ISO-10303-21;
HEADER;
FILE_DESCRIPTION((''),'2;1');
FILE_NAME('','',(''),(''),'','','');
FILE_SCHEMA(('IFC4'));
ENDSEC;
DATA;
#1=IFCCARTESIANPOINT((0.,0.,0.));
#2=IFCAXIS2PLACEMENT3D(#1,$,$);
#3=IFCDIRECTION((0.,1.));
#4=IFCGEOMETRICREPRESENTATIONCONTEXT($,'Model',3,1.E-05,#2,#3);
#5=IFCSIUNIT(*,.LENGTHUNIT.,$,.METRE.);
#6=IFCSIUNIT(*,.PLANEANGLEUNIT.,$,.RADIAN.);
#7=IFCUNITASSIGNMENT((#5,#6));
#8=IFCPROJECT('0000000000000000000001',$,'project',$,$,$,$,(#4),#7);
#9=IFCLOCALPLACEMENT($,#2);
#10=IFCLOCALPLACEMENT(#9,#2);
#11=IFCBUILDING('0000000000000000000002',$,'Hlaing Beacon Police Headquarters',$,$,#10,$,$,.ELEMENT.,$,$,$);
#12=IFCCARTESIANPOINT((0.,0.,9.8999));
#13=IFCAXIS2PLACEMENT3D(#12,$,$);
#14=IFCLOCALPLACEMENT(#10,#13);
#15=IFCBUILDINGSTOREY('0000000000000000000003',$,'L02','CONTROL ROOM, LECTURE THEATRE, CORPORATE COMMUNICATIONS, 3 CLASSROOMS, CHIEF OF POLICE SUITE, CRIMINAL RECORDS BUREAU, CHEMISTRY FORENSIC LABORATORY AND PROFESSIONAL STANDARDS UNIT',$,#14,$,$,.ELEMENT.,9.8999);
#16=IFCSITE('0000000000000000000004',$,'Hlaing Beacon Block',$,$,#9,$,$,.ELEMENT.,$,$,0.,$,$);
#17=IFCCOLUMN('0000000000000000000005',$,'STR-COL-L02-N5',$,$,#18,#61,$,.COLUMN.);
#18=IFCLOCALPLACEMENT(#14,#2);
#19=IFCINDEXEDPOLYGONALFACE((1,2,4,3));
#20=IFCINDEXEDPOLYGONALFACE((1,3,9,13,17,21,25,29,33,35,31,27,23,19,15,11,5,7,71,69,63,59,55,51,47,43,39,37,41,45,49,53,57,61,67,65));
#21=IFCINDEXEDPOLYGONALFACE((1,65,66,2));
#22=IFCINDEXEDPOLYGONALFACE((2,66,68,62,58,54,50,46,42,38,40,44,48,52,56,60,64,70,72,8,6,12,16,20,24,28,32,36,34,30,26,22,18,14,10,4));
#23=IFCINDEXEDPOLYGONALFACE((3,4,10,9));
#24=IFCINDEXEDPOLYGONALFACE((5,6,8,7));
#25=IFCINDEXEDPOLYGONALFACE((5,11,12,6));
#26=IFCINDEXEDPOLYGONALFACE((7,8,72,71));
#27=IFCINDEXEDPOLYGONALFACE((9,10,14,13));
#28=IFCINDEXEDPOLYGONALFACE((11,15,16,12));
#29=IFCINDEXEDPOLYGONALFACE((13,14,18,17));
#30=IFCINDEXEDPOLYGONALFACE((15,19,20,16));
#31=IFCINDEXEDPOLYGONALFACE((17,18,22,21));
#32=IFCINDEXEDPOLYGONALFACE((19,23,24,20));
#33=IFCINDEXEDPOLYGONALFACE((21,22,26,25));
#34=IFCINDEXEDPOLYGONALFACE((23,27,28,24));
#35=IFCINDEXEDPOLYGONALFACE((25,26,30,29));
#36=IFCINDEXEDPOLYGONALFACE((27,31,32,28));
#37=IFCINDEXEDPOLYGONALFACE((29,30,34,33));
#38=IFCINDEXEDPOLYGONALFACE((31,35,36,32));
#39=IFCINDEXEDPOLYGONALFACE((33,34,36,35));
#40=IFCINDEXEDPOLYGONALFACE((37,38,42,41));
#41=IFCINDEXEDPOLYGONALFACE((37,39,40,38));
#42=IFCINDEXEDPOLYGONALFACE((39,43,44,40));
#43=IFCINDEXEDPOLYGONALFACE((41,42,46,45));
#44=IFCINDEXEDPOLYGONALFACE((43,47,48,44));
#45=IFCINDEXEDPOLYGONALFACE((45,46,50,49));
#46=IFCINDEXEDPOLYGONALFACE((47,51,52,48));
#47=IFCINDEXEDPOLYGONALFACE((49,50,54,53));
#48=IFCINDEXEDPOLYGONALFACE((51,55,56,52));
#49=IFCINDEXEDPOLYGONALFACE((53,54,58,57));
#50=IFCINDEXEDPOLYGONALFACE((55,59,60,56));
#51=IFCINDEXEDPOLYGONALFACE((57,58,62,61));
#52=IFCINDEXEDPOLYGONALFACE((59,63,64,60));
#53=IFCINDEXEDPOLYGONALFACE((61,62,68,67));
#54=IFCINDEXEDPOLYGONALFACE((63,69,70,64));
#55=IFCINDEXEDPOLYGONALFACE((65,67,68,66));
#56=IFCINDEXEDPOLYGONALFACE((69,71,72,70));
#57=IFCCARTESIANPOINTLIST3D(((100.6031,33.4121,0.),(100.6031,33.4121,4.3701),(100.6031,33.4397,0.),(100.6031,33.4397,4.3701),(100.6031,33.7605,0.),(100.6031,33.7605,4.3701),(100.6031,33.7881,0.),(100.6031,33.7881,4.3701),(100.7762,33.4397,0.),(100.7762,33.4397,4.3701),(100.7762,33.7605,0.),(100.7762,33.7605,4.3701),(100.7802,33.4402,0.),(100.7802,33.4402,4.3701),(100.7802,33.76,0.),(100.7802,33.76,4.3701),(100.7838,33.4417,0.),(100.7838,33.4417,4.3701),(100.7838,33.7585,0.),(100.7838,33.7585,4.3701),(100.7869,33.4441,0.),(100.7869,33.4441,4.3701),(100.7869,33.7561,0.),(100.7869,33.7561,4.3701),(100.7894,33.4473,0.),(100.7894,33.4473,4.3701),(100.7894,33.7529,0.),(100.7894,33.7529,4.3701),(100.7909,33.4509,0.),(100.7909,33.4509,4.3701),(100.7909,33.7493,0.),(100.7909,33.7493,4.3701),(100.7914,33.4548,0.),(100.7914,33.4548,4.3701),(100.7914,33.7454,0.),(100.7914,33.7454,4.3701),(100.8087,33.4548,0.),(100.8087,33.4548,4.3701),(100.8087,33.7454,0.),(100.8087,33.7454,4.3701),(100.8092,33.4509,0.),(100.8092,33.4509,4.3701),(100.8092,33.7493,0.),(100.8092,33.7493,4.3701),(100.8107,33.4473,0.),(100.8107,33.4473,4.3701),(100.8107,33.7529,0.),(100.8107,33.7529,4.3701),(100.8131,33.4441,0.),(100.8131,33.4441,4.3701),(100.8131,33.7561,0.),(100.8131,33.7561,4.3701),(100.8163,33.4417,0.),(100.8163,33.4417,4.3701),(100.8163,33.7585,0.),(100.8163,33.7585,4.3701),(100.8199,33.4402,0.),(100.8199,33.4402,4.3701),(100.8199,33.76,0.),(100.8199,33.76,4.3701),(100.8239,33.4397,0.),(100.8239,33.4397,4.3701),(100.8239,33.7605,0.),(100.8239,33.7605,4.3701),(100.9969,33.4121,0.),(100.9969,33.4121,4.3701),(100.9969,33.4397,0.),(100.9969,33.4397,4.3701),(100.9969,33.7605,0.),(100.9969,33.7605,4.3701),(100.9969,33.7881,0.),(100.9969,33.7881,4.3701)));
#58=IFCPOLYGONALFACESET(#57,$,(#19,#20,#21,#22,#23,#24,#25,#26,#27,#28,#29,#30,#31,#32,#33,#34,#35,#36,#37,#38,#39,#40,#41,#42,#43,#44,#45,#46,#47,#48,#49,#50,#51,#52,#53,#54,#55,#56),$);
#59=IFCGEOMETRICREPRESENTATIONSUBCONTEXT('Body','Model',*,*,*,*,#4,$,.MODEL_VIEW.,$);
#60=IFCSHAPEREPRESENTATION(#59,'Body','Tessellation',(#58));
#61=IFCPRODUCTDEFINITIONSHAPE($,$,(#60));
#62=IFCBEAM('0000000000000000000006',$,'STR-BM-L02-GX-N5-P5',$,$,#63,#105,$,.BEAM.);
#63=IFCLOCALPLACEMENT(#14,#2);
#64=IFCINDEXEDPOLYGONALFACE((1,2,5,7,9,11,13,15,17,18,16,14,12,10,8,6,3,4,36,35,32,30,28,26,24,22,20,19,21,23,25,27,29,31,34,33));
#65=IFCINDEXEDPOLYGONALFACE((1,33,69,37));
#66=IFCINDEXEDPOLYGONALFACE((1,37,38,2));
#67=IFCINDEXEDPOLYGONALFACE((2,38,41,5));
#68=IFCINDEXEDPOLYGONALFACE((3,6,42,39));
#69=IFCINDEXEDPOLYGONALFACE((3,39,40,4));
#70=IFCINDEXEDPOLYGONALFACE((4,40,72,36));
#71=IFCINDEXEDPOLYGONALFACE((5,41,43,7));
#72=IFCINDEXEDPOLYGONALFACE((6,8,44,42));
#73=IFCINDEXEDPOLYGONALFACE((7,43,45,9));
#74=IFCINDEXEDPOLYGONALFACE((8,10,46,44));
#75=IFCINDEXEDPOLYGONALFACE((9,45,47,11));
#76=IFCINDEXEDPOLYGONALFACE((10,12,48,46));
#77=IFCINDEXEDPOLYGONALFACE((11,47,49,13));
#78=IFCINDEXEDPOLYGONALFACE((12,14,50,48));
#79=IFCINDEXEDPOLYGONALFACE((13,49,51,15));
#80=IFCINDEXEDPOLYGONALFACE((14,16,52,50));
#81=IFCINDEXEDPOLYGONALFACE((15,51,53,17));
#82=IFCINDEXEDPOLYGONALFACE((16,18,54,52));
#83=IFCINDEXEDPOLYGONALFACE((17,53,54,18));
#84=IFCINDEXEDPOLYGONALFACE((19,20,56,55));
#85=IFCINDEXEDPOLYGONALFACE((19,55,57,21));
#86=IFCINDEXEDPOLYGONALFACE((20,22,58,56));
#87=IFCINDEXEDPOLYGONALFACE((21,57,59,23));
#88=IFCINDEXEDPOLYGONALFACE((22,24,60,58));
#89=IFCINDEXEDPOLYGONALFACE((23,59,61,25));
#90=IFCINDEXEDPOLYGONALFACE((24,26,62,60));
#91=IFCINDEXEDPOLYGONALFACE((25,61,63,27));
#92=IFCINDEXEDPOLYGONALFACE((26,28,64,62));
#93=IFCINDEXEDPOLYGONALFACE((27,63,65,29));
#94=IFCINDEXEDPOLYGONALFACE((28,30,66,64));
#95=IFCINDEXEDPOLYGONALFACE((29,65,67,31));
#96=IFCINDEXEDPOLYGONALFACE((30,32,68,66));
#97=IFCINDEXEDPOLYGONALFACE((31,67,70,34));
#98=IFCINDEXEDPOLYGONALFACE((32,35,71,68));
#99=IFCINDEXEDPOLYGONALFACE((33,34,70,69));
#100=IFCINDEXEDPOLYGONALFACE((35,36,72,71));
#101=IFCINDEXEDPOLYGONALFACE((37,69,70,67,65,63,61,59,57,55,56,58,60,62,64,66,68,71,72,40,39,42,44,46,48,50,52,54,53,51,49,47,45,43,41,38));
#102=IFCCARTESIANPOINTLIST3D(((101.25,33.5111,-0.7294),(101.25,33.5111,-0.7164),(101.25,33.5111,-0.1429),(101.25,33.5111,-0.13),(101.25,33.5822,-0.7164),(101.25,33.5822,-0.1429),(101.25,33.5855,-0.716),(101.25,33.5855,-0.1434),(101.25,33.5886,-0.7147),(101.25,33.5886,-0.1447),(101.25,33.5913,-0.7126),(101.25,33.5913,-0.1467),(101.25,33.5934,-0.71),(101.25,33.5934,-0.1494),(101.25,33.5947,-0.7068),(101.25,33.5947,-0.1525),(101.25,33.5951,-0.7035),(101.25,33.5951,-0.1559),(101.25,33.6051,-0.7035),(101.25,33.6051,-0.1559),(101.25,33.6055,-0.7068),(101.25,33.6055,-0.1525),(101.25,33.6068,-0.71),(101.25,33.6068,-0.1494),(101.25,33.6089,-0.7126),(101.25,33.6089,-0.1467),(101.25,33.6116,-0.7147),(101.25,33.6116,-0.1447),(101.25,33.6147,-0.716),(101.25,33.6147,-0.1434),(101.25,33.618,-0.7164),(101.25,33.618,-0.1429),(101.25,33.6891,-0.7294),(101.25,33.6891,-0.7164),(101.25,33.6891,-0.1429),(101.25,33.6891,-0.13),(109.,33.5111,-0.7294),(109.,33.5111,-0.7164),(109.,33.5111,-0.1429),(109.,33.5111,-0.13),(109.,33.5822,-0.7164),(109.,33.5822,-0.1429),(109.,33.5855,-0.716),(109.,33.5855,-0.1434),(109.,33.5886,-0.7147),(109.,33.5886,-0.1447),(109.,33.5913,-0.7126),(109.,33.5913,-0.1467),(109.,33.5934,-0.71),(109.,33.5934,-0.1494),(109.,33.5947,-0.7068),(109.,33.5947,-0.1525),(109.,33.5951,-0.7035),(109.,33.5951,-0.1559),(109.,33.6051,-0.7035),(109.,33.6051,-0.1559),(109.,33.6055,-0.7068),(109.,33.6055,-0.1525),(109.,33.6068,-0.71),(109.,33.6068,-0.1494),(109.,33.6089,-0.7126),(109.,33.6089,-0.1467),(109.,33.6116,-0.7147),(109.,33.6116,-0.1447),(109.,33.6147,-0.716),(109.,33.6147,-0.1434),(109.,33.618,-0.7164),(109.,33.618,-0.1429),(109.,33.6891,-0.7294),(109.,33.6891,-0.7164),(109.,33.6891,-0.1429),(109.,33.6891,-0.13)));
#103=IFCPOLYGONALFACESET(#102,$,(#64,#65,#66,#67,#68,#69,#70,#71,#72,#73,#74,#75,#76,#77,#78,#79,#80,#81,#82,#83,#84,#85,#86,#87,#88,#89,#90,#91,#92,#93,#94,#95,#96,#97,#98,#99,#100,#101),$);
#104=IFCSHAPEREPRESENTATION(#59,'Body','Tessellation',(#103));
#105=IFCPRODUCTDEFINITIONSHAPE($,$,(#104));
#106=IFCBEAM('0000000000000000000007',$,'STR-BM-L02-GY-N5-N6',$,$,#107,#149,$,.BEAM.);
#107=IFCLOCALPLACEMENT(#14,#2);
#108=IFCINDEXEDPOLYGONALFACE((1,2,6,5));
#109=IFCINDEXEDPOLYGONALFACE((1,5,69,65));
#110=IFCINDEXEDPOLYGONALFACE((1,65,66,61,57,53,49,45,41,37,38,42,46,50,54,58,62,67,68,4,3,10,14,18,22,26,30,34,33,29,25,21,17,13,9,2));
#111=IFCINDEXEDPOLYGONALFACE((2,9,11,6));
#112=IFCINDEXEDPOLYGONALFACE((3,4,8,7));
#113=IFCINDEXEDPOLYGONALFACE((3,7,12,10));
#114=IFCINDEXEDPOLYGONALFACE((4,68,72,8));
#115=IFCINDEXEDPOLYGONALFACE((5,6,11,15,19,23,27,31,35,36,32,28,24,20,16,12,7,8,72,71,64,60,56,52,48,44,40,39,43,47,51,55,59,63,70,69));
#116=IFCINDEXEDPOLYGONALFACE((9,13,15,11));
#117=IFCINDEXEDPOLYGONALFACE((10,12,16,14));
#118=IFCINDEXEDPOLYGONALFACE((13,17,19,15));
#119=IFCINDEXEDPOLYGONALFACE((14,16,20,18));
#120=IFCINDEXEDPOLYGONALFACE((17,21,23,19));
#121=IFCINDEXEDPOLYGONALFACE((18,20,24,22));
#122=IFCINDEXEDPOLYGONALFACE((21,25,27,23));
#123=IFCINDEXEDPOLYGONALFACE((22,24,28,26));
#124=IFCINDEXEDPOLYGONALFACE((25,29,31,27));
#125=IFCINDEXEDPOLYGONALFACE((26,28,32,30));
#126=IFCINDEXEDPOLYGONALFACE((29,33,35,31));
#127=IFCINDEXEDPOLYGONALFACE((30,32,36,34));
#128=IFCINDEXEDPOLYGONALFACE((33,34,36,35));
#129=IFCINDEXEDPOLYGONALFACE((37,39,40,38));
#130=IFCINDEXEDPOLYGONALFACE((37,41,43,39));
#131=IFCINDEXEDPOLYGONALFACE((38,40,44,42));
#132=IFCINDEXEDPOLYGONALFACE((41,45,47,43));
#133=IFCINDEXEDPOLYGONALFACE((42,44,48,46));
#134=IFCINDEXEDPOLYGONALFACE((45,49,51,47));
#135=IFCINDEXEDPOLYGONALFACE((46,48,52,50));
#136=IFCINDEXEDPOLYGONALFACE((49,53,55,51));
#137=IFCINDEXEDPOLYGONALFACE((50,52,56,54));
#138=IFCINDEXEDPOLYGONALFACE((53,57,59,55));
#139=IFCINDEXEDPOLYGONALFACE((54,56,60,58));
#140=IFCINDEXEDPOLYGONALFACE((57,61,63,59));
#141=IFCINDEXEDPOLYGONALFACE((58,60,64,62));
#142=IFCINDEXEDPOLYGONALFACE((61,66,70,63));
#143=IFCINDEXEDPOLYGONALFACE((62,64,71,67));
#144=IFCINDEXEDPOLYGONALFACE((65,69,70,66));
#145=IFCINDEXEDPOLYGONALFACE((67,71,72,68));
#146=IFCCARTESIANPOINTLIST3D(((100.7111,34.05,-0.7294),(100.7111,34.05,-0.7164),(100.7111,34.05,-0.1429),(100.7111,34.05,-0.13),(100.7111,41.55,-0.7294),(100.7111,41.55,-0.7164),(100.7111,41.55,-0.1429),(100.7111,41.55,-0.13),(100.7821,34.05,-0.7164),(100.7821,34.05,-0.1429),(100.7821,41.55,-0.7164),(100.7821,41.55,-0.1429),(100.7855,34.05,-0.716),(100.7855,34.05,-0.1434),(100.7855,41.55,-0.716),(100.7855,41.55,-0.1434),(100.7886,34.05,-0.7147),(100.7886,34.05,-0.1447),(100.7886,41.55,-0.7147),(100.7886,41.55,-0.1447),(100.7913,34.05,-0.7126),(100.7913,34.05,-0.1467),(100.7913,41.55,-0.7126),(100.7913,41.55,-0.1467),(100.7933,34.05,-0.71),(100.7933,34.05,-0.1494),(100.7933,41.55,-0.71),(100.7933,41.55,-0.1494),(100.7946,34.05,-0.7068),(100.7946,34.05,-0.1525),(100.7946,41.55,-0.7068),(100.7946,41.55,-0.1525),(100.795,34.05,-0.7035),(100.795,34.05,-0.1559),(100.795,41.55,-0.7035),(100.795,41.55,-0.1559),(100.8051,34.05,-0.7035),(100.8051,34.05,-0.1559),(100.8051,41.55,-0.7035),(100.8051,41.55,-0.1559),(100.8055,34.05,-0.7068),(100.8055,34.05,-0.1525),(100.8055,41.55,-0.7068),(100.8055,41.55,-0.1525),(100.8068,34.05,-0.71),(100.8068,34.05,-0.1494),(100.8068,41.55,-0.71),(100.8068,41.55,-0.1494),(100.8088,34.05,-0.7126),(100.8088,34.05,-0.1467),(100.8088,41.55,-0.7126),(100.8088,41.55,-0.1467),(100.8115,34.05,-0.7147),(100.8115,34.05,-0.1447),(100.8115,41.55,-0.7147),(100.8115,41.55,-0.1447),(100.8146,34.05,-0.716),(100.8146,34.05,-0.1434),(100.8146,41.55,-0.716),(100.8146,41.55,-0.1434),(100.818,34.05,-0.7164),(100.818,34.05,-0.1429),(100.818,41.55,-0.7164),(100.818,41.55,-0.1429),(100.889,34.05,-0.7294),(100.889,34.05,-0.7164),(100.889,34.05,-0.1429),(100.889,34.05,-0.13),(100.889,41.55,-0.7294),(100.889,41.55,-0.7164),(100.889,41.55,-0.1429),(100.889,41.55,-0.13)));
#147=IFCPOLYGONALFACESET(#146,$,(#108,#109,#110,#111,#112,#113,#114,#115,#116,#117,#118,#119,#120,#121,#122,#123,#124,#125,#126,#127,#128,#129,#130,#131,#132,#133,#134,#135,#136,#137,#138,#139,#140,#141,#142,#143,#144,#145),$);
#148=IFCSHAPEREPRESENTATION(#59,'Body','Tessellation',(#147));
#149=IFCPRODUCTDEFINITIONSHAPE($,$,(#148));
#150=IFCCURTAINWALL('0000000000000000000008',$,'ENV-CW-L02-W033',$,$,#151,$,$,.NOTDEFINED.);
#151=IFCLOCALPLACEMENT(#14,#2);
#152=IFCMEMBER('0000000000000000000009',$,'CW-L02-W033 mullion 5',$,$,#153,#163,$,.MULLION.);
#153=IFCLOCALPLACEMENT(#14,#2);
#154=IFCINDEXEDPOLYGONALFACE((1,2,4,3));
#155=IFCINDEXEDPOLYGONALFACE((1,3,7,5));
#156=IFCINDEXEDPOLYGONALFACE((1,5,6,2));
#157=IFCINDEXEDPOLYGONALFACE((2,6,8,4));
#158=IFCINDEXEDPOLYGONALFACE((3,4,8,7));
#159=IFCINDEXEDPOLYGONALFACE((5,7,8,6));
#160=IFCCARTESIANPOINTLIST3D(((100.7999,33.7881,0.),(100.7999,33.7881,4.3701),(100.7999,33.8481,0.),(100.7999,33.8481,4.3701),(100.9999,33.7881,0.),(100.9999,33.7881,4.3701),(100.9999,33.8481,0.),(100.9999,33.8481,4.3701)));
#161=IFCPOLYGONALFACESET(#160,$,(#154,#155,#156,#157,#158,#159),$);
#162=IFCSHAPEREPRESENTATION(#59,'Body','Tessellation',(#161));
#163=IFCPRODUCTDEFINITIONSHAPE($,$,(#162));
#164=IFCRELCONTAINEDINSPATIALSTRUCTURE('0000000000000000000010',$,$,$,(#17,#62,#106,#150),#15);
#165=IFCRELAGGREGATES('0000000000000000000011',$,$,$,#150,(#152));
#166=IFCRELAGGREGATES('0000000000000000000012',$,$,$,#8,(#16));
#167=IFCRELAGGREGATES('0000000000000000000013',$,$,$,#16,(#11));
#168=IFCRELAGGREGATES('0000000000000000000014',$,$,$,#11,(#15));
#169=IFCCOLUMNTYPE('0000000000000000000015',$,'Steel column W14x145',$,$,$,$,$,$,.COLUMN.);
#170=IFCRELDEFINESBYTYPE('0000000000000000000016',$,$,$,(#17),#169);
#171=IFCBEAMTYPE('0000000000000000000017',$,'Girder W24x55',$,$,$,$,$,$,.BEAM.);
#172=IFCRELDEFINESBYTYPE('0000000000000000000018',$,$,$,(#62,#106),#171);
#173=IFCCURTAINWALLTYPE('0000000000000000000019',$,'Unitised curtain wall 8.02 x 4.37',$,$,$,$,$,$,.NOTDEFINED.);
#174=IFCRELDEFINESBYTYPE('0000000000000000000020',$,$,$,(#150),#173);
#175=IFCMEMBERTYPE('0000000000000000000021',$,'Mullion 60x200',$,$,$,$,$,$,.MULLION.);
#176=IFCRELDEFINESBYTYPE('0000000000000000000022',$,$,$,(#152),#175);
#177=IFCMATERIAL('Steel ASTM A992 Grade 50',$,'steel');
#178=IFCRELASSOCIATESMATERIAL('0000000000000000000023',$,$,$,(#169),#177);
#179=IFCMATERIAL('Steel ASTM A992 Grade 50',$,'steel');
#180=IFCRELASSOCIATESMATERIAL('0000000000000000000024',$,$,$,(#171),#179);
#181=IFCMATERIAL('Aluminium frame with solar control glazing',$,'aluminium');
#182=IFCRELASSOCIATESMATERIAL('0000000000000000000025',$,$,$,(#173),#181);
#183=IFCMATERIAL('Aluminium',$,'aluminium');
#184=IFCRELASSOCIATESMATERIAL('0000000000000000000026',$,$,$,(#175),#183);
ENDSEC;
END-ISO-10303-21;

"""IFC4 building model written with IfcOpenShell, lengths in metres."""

from ifc_helpers import new_model, si_unit, direction, frame, origin, origin_2d, place, context, subcontext, project, spatial, rectangle, i_section, extrude, material, material_profile, profile_set, type_object, element, aggregate, save


model = new_model("IFC4")

# Units and contexts
model_context = context("Model", 3, precision=1e-05, world=origin(), true_north=direction((0.0, 1.0)))
body_context = subcontext(model_context, "Body", "Model", "MODEL_VIEW")
ifc_project = project(units=[si_unit("LENGTHUNIT", "METRE"), si_unit("PLANEANGLEUNIT", "RADIAN")], contexts=[model_context])

# Site, building, storey
site_placement = place(None, origin())
site = spatial("IfcSite", under=ifc_project, at=site_placement, Name="Hlaing Beacon Block", CompositionType="ELEMENT", RefElevation=0.0)
building_placement = place(site_placement, origin())
building = spatial("IfcBuilding", under=site, at=building_placement, Name="Hlaing Beacon Police Headquarters", CompositionType="ELEMENT")
storey_placement = place(building_placement, frame((0.0, 0.0, 9.8999)))
storey = spatial("IfcBuildingStorey", under=building, at=storey_placement, Name="L02", Description="CONTROL ROOM, LECTURE THEATRE, CORPORATE COMMUNICATIONS, 3 CLASSROOMS, CHIEF OF POLICE SUITE, CRIMINAL RECORDS BUREAU, CHEMISTRY FORENSIC LABORATORY AND PROFESSIONAL STANDARDS UNIT", CompositionType="ELEMENT", Elevation=9.8999)

# Column
ifc_material_1 = material(Name="Steel ASTM A992 Grade 50", Category="steel")
ifc_material_profile_1 = material_profile(ifc_material_1, i_section(OverallWidth=0.3938, OverallDepth=0.376, WebThickness=0.0173, FlangeThickness=0.0276, FilletRadius=0.0151, at=origin_2d()), Name="W14x145")
ifc_profile_set_1 = profile_set([ifc_material_profile_1], Name="Steel ASTM A992 Grade 50")
column_type = type_object("IfcColumnType", Name="Steel column W14x145", PredefinedType="COLUMN", material=ifc_profile_set_1)
column_placement = place(storey_placement, frame((100.8, 33.6001, 0.0), z_axis=(0.0, 0.0, 1.0), x_axis=(1.0, 0.0, 0.0)))
element("IfcColumn", 1, at=column_placement, inside=storey, type_object=column_type, Name="STR-COL-L02-N5", PredefinedType="COLUMN", context=body_context, shape_type="SweptSolid", body=[
    extrude(i_section(OverallWidth=0.3938, OverallDepth=0.376, WebThickness=0.0173, FlangeThickness=0.0276, FilletRadius=0.0151, at=origin_2d()), origin(), (0.0, 0.0, 1.0), 4.3701),
])

# Beams
ifc_material_2 = material(Name="Steel ASTM A992 Grade 50", Category="steel")
ifc_material_profile_2 = material_profile(ifc_material_2, i_section(OverallWidth=0.178, OverallDepth=0.5994, WebThickness=0.01, FlangeThickness=0.0129, FilletRadius=0.0129, at=origin_2d()), Name="W24x55")
ifc_profile_set_2 = profile_set([ifc_material_profile_2], Name="Steel ASTM A992 Grade 50")
beam_type_1 = type_object("IfcBeamType", Name="Girder W24x55", PredefinedType="BEAM", material=ifc_profile_set_2)
beam_1_placement = place(storey_placement, frame((101.25, 33.6001, -0.4297), z_axis=(1.0, 0.0, 0.0), x_axis=(0.0, 1.0, 0.0)))
element("IfcBeam", 2, at=beam_1_placement, inside=storey, type_object=beam_type_1, Name="STR-BM-L02-GX-N5-P5", PredefinedType="BEAM", context=body_context, shape_type="SweptSolid", body=[
    extrude(i_section(OverallWidth=0.178, OverallDepth=0.5994, WebThickness=0.01, FlangeThickness=0.0129, FilletRadius=0.0129, at=origin_2d()), origin(), (0.0, 0.0, 1.0), 7.75),
])
beam_2_placement = place(storey_placement, frame((100.8, 34.05, -0.4297), z_axis=(0.0, 1.0, 0.0), x_axis=(-1.0, 0.0, 0.0)))
element("IfcBeam", 3, at=beam_2_placement, inside=storey, type_object=beam_type_1, Name="STR-BM-L02-GY-N5-N6", PredefinedType="BEAM", context=body_context, shape_type="SweptSolid", body=[
    extrude(i_section(OverallWidth=0.178, OverallDepth=0.5994, WebThickness=0.01, FlangeThickness=0.0129, FilletRadius=0.0129, at=origin_2d()), origin(), (0.0, 0.0, 1.0), 7.5),
])

# Curtain wall, member
ifc_material_3 = material(Name="Aluminium frame with solar control glazing", Category="aluminium")
curtain_wall_type = type_object("IfcCurtainWallType", Name="Unitised curtain wall 8.02 x 4.37", PredefinedType="NOTDEFINED", material=ifc_material_3)
curtain_wall_placement = place(storey_placement, origin())
curtain_wall = element("IfcCurtainWall", 4, at=curtain_wall_placement, inside=storey, type_object=curtain_wall_type, Name="ENV-CW-L02-W033", PredefinedType="NOTDEFINED")
ifc_material_4 = material(Name="Aluminium", Category="aluminium")
ifc_material_profile_3 = material_profile(ifc_material_4, rectangle(XDim=0.2, YDim=0.0601, at=origin_2d()), Name="Mullion 60x200")
ifc_profile_set_3 = profile_set([ifc_material_profile_3], Name="Aluminium")
member_type_1 = type_object("IfcMemberType", Name="Mullion 60x200", PredefinedType="MULLION", material=ifc_profile_set_3)
member_1_placement = place(storey_placement, frame((100.8999, 33.8181, 0.0), z_axis=(0.0, 0.0, 1.0), x_axis=(1.0, 0.0, 0.0)))
member_1 = element("IfcMember", 5, at=member_1_placement, type_object=member_type_1, Name="CW-L02-W033 mullion 5", PredefinedType="MULLION", context=body_context, shape_type="SweptSolid", body=[
    extrude(rectangle(XDim=0.2, YDim=0.0601, at=origin_2d()), origin(), (0.0, 0.0, 1.0), 4.3701),
])

aggregate(curtain_wall, [member_1])

save(model, "model.ifc")
